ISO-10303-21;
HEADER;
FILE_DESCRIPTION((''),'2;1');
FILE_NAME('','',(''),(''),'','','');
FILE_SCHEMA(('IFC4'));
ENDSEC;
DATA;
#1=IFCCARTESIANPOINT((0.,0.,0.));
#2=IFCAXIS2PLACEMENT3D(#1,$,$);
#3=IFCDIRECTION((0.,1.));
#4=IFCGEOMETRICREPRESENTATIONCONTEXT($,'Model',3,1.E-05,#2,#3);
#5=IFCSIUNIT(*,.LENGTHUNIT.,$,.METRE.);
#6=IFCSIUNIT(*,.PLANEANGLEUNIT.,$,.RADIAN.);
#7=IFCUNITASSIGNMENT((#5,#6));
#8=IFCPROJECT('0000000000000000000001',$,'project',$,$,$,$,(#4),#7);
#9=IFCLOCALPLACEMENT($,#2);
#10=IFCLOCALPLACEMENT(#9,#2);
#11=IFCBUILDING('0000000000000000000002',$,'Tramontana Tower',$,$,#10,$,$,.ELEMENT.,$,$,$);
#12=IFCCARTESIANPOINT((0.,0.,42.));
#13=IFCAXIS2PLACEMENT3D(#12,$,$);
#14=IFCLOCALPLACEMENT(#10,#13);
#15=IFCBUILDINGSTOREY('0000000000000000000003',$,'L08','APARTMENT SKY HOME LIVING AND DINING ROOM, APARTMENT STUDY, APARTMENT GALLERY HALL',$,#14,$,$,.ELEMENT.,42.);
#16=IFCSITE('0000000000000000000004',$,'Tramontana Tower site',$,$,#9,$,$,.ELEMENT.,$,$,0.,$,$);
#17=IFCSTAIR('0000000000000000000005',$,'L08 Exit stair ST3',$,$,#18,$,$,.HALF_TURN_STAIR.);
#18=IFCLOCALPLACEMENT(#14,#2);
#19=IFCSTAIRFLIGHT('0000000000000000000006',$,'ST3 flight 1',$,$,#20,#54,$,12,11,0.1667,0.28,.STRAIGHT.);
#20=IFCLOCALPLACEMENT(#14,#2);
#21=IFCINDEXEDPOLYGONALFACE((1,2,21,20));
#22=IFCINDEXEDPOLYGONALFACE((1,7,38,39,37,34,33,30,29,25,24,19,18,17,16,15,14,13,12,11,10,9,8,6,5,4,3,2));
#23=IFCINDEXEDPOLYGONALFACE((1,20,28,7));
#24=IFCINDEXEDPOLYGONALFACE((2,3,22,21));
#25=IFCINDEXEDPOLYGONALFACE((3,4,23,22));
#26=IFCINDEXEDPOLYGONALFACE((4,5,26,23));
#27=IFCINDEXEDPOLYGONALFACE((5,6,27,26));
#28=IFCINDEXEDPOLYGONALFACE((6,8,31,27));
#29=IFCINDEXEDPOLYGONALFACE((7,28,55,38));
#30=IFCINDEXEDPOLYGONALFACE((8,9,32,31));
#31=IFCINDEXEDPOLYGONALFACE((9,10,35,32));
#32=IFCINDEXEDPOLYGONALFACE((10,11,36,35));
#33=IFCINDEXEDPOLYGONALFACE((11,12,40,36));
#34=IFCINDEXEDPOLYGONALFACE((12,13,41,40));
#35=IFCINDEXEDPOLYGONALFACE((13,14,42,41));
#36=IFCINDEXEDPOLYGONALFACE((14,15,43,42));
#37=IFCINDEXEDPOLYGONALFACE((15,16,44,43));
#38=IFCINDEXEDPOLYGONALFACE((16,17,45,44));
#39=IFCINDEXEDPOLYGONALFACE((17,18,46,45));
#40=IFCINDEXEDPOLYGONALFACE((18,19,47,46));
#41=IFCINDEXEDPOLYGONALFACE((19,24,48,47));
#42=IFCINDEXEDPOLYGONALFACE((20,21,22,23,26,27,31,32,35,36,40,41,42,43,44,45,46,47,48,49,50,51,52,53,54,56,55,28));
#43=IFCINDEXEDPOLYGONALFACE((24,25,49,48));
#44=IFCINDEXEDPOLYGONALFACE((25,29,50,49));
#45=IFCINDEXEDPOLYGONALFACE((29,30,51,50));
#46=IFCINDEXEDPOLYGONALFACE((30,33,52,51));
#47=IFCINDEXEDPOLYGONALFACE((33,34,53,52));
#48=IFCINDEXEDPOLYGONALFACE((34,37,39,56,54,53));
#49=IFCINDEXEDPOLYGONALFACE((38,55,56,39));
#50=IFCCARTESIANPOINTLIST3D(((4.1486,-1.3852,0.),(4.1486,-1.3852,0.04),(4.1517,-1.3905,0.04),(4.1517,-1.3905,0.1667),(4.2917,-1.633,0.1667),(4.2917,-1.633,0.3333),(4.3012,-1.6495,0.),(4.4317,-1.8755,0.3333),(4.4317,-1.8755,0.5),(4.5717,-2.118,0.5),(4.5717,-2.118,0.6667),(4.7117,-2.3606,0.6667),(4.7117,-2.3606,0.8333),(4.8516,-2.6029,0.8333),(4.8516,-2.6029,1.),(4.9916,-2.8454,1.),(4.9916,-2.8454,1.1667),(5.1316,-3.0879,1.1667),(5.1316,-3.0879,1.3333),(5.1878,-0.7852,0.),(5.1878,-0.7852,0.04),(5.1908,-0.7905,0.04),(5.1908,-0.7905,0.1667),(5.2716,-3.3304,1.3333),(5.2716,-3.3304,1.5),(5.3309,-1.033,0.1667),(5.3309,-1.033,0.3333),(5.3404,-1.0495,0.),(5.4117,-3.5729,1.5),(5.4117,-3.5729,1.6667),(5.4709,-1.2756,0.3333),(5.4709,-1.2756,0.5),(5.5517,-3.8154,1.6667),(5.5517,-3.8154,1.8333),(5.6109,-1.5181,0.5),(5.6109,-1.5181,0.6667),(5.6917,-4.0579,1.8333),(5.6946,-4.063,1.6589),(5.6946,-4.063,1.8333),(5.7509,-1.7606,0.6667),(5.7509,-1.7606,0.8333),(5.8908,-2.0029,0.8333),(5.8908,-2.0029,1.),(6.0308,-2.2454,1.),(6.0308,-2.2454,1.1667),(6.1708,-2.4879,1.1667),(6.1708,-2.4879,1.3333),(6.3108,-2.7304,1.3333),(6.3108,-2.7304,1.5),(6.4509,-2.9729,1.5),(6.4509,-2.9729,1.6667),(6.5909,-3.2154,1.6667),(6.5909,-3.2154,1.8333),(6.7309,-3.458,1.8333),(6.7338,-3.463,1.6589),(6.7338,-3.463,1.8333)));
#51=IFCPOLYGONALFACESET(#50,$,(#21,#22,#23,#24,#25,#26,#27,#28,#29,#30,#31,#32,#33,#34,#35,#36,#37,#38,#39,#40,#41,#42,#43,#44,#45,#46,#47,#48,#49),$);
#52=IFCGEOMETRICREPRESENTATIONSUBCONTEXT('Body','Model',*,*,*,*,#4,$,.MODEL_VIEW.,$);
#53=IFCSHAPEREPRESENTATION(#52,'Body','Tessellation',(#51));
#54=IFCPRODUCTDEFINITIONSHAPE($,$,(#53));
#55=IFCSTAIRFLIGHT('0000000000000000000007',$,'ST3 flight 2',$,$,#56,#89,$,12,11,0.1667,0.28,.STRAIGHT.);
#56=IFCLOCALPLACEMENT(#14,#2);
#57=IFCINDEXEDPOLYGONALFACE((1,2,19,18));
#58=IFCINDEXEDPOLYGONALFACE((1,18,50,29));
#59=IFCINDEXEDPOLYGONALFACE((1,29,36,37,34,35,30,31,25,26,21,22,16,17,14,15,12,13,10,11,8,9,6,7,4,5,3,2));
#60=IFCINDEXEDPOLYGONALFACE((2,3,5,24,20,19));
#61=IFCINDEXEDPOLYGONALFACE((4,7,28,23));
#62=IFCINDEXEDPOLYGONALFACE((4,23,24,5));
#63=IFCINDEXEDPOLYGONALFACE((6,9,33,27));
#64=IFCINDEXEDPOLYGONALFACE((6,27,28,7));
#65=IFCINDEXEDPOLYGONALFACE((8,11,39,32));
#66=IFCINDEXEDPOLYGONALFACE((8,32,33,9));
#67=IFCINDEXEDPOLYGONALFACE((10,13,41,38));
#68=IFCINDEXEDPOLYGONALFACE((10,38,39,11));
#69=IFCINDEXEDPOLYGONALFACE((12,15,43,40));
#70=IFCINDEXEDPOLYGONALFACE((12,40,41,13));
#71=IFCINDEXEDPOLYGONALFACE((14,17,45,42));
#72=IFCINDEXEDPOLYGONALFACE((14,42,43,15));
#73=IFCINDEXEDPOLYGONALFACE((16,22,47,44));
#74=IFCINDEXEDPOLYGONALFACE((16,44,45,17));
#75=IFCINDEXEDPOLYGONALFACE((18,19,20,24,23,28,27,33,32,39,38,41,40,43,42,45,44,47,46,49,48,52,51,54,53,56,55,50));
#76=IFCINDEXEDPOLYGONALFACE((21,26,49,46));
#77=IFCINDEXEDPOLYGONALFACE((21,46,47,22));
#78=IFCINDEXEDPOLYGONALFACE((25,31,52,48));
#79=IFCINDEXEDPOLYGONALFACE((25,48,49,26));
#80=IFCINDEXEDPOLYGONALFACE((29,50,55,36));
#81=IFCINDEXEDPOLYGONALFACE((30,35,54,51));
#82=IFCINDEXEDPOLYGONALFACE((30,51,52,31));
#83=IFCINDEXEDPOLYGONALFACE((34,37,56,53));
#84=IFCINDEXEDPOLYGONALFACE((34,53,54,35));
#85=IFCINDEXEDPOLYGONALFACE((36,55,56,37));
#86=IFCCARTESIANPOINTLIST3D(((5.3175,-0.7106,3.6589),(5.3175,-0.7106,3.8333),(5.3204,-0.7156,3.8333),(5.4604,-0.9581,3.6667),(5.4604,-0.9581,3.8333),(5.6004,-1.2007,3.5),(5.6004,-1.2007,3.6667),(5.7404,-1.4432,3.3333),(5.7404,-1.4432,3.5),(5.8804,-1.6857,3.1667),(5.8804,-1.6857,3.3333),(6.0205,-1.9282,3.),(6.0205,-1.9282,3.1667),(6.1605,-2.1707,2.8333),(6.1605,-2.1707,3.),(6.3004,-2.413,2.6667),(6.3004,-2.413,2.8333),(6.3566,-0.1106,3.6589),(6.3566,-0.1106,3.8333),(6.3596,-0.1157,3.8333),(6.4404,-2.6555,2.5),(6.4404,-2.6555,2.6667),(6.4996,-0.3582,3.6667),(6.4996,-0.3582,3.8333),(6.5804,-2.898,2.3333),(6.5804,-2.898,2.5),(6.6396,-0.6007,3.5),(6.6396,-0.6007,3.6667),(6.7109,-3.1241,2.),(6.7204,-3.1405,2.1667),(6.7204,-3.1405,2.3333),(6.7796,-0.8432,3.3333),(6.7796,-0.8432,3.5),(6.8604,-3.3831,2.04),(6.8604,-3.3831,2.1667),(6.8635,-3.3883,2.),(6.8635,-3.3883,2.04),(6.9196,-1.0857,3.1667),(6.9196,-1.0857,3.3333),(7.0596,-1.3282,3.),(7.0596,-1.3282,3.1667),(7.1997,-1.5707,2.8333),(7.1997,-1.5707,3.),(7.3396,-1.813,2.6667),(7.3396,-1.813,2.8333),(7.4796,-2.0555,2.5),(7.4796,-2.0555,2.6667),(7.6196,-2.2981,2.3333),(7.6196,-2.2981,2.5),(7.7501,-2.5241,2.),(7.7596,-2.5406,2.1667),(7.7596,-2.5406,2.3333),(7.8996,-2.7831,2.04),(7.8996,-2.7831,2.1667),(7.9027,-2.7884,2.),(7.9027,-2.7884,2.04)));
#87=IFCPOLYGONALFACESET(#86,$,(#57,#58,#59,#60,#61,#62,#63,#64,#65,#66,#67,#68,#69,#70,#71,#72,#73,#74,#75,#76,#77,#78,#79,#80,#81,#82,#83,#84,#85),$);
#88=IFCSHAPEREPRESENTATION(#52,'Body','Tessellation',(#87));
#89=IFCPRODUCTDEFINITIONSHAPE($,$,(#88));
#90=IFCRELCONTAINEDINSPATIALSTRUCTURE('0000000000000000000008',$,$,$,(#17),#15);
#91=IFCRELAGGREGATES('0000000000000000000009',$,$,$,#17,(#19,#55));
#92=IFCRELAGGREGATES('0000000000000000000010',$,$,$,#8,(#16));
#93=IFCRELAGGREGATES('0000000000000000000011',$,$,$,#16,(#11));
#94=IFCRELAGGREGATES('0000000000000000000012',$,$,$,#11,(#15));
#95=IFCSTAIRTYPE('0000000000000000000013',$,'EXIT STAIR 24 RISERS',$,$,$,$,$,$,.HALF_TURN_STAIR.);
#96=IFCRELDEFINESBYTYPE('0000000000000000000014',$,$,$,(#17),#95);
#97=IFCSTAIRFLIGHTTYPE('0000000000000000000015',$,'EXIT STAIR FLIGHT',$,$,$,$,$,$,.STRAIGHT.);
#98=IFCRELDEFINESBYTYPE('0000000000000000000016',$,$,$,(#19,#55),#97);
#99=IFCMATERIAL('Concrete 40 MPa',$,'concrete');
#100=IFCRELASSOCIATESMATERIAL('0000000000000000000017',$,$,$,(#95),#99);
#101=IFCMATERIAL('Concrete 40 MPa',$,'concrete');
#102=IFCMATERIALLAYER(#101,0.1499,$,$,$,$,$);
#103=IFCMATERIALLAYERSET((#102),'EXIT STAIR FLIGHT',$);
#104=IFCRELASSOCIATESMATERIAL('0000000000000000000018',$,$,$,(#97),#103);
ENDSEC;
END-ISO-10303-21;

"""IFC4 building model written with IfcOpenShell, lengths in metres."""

from ifc_helpers import new_model, si_unit, direction, frame, origin, place, context, subcontext, project, spatial, polyline, outline, extrude, material, layer, layer_set, type_object, element, aggregate, save


model = new_model("IFC4")

# Units and contexts
model_context = context("Model", 3, precision=1e-05, world=origin(), true_north=direction((0.0, 1.0)))
body_context = subcontext(model_context, "Body", "Model", "MODEL_VIEW")
ifc_project = project(units=[si_unit("LENGTHUNIT", "METRE"), si_unit("PLANEANGLEUNIT", "RADIAN")], contexts=[model_context])

# Site, building, storey
site_placement = place(None, origin())
site = spatial("IfcSite", under=ifc_project, at=site_placement, Name="Tramontana Tower site", CompositionType="ELEMENT", RefElevation=0.0)
building_placement = place(site_placement, origin())
building = spatial("IfcBuilding", under=site, at=building_placement, Name="Tramontana Tower", CompositionType="ELEMENT")
storey_placement = place(building_placement, frame((0.0, 0.0, 42.0)))
storey = spatial("IfcBuildingStorey", under=building, at=storey_placement, Name="L08", Description="APARTMENT SKY HOME LIVING AND DINING ROOM, APARTMENT STUDY, APARTMENT GALLERY HALL", CompositionType="ELEMENT", Elevation=42.0)

# Stair, stair flights
ifc_material_1 = material(Name="Concrete 40 MPa", Category="concrete")
stair_type = type_object("IfcStairType", Name="EXIT STAIR 24 RISERS", PredefinedType="HALF_TURN_STAIR", material=ifc_material_1)
stair_placement = place(storey_placement, origin())
stair = element("IfcStair", 1, at=stair_placement, inside=storey, type_object=stair_type, Name="L08 Exit stair ST3", PredefinedType="HALF_TURN_STAIR")
ifc_material_2 = material(Name="Concrete 40 MPa", Category="concrete")
ifc_layer_1 = layer(ifc_material_2, 0.1499)
ifc_layer_set_1 = layer_set([ifc_layer_1], Name="EXIT STAIR FLIGHT")
stair_flight_type = type_object("IfcStairFlightType", Name="EXIT STAIR FLIGHT", PredefinedType="STRAIGHT", material=ifc_layer_set_1)
stair_flight_1_placement = place(storey_placement, frame((4.6711, -1.0906, 0.0), z_axis=(0.0, 0.0, 1.0), x_axis=(0.5, -0.866025, 0.0)))
stair_flight_1 = element("IfcStairFlight", 2, at=stair_flight_1_placement, type_object=stair_flight_type, Name="ST3 flight 1", NumberOfRisers=12, NumberOfTreads=11, PredefinedType="STRAIGHT", RiserHeight=0.1667, TreadLength=0.28, context=body_context, shape_type="SweptSolid", body=[
    extrude(outline(polyline([(-0.0061, 0.0), (-0.0061, 0.04), (0.0, 0.04), (0.0, 0.1667), (0.28, 0.1667), (0.28, 0.3333), (0.5601, 0.3333), (0.5601, 0.5), (0.8401, 0.5), (0.8401, 0.6667), (1.1201, 0.6667), (1.1201, 0.8333), (1.3999, 0.8333), (1.3999, 1.0), (1.6799, 1.0), (1.6799, 1.1667), (1.96, 1.1667), (1.96, 1.3333), (2.24, 1.3333), (2.24, 1.5), (2.52, 1.5), (2.52, 1.6667), (2.8, 1.6667), (2.8, 1.8333), (3.0801, 1.8333), (3.0859, 1.8333), (3.0859, 1.6589), (0.2991, 0.0), (-0.0061, 0.0)])), frame((0.0, 0.6001, 0.0), z_axis=(0.0, -1.0, 0.0), x_axis=(1.0, 0.0, 0.0)), (0.0, 0.0, 1.0), 1.2),
])
stair_flight_2_placement = place(storey_placement, frame((7.3801, -3.083, 2.0), z_axis=(0.0, 0.0, 1.0), x_axis=(-0.5, 0.866025, 0.0)))
stair_flight_2 = element("IfcStairFlight", 3, at=stair_flight_2_placement, type_object=stair_flight_type, Name="ST3 flight 2", NumberOfRisers=12, NumberOfTreads=11, PredefinedType="STRAIGHT", RiserHeight=0.1667, TreadLength=0.28, context=body_context, shape_type="SweptSolid", body=[
    extrude(outline(polyline([(-0.0061, 0.0), (-0.0061, 0.04), (0.0, 0.04), (0.0, 0.1667), (0.28, 0.1667), (0.28, 0.3333), (0.5601, 0.3333), (0.5601, 0.5), (0.8401, 0.5), (0.8401, 0.6667), (1.1201, 0.6667), (1.1201, 0.8333), (1.3999, 0.8333), (1.3999, 1.0), (1.6799, 1.0), (1.6799, 1.1667), (1.96, 1.1667), (1.96, 1.3333), (2.24, 1.3333), (2.24, 1.5), (2.52, 1.5), (2.52, 1.6667), (2.8, 1.6667), (2.8, 1.8333), (3.0801, 1.8333), (3.0859, 1.8333), (3.0859, 1.6589), (0.2991, 0.0), (-0.0061, 0.0)])), frame((0.0, 0.6001, 0.0), z_axis=(0.0, -1.0, 0.0), x_axis=(1.0, 0.0, 0.0)), (0.0, 0.0, 1.0), 1.2),
])
aggregate(stair, [stair_flight_1, stair_flight_2])

save(model, "model.ifc")
